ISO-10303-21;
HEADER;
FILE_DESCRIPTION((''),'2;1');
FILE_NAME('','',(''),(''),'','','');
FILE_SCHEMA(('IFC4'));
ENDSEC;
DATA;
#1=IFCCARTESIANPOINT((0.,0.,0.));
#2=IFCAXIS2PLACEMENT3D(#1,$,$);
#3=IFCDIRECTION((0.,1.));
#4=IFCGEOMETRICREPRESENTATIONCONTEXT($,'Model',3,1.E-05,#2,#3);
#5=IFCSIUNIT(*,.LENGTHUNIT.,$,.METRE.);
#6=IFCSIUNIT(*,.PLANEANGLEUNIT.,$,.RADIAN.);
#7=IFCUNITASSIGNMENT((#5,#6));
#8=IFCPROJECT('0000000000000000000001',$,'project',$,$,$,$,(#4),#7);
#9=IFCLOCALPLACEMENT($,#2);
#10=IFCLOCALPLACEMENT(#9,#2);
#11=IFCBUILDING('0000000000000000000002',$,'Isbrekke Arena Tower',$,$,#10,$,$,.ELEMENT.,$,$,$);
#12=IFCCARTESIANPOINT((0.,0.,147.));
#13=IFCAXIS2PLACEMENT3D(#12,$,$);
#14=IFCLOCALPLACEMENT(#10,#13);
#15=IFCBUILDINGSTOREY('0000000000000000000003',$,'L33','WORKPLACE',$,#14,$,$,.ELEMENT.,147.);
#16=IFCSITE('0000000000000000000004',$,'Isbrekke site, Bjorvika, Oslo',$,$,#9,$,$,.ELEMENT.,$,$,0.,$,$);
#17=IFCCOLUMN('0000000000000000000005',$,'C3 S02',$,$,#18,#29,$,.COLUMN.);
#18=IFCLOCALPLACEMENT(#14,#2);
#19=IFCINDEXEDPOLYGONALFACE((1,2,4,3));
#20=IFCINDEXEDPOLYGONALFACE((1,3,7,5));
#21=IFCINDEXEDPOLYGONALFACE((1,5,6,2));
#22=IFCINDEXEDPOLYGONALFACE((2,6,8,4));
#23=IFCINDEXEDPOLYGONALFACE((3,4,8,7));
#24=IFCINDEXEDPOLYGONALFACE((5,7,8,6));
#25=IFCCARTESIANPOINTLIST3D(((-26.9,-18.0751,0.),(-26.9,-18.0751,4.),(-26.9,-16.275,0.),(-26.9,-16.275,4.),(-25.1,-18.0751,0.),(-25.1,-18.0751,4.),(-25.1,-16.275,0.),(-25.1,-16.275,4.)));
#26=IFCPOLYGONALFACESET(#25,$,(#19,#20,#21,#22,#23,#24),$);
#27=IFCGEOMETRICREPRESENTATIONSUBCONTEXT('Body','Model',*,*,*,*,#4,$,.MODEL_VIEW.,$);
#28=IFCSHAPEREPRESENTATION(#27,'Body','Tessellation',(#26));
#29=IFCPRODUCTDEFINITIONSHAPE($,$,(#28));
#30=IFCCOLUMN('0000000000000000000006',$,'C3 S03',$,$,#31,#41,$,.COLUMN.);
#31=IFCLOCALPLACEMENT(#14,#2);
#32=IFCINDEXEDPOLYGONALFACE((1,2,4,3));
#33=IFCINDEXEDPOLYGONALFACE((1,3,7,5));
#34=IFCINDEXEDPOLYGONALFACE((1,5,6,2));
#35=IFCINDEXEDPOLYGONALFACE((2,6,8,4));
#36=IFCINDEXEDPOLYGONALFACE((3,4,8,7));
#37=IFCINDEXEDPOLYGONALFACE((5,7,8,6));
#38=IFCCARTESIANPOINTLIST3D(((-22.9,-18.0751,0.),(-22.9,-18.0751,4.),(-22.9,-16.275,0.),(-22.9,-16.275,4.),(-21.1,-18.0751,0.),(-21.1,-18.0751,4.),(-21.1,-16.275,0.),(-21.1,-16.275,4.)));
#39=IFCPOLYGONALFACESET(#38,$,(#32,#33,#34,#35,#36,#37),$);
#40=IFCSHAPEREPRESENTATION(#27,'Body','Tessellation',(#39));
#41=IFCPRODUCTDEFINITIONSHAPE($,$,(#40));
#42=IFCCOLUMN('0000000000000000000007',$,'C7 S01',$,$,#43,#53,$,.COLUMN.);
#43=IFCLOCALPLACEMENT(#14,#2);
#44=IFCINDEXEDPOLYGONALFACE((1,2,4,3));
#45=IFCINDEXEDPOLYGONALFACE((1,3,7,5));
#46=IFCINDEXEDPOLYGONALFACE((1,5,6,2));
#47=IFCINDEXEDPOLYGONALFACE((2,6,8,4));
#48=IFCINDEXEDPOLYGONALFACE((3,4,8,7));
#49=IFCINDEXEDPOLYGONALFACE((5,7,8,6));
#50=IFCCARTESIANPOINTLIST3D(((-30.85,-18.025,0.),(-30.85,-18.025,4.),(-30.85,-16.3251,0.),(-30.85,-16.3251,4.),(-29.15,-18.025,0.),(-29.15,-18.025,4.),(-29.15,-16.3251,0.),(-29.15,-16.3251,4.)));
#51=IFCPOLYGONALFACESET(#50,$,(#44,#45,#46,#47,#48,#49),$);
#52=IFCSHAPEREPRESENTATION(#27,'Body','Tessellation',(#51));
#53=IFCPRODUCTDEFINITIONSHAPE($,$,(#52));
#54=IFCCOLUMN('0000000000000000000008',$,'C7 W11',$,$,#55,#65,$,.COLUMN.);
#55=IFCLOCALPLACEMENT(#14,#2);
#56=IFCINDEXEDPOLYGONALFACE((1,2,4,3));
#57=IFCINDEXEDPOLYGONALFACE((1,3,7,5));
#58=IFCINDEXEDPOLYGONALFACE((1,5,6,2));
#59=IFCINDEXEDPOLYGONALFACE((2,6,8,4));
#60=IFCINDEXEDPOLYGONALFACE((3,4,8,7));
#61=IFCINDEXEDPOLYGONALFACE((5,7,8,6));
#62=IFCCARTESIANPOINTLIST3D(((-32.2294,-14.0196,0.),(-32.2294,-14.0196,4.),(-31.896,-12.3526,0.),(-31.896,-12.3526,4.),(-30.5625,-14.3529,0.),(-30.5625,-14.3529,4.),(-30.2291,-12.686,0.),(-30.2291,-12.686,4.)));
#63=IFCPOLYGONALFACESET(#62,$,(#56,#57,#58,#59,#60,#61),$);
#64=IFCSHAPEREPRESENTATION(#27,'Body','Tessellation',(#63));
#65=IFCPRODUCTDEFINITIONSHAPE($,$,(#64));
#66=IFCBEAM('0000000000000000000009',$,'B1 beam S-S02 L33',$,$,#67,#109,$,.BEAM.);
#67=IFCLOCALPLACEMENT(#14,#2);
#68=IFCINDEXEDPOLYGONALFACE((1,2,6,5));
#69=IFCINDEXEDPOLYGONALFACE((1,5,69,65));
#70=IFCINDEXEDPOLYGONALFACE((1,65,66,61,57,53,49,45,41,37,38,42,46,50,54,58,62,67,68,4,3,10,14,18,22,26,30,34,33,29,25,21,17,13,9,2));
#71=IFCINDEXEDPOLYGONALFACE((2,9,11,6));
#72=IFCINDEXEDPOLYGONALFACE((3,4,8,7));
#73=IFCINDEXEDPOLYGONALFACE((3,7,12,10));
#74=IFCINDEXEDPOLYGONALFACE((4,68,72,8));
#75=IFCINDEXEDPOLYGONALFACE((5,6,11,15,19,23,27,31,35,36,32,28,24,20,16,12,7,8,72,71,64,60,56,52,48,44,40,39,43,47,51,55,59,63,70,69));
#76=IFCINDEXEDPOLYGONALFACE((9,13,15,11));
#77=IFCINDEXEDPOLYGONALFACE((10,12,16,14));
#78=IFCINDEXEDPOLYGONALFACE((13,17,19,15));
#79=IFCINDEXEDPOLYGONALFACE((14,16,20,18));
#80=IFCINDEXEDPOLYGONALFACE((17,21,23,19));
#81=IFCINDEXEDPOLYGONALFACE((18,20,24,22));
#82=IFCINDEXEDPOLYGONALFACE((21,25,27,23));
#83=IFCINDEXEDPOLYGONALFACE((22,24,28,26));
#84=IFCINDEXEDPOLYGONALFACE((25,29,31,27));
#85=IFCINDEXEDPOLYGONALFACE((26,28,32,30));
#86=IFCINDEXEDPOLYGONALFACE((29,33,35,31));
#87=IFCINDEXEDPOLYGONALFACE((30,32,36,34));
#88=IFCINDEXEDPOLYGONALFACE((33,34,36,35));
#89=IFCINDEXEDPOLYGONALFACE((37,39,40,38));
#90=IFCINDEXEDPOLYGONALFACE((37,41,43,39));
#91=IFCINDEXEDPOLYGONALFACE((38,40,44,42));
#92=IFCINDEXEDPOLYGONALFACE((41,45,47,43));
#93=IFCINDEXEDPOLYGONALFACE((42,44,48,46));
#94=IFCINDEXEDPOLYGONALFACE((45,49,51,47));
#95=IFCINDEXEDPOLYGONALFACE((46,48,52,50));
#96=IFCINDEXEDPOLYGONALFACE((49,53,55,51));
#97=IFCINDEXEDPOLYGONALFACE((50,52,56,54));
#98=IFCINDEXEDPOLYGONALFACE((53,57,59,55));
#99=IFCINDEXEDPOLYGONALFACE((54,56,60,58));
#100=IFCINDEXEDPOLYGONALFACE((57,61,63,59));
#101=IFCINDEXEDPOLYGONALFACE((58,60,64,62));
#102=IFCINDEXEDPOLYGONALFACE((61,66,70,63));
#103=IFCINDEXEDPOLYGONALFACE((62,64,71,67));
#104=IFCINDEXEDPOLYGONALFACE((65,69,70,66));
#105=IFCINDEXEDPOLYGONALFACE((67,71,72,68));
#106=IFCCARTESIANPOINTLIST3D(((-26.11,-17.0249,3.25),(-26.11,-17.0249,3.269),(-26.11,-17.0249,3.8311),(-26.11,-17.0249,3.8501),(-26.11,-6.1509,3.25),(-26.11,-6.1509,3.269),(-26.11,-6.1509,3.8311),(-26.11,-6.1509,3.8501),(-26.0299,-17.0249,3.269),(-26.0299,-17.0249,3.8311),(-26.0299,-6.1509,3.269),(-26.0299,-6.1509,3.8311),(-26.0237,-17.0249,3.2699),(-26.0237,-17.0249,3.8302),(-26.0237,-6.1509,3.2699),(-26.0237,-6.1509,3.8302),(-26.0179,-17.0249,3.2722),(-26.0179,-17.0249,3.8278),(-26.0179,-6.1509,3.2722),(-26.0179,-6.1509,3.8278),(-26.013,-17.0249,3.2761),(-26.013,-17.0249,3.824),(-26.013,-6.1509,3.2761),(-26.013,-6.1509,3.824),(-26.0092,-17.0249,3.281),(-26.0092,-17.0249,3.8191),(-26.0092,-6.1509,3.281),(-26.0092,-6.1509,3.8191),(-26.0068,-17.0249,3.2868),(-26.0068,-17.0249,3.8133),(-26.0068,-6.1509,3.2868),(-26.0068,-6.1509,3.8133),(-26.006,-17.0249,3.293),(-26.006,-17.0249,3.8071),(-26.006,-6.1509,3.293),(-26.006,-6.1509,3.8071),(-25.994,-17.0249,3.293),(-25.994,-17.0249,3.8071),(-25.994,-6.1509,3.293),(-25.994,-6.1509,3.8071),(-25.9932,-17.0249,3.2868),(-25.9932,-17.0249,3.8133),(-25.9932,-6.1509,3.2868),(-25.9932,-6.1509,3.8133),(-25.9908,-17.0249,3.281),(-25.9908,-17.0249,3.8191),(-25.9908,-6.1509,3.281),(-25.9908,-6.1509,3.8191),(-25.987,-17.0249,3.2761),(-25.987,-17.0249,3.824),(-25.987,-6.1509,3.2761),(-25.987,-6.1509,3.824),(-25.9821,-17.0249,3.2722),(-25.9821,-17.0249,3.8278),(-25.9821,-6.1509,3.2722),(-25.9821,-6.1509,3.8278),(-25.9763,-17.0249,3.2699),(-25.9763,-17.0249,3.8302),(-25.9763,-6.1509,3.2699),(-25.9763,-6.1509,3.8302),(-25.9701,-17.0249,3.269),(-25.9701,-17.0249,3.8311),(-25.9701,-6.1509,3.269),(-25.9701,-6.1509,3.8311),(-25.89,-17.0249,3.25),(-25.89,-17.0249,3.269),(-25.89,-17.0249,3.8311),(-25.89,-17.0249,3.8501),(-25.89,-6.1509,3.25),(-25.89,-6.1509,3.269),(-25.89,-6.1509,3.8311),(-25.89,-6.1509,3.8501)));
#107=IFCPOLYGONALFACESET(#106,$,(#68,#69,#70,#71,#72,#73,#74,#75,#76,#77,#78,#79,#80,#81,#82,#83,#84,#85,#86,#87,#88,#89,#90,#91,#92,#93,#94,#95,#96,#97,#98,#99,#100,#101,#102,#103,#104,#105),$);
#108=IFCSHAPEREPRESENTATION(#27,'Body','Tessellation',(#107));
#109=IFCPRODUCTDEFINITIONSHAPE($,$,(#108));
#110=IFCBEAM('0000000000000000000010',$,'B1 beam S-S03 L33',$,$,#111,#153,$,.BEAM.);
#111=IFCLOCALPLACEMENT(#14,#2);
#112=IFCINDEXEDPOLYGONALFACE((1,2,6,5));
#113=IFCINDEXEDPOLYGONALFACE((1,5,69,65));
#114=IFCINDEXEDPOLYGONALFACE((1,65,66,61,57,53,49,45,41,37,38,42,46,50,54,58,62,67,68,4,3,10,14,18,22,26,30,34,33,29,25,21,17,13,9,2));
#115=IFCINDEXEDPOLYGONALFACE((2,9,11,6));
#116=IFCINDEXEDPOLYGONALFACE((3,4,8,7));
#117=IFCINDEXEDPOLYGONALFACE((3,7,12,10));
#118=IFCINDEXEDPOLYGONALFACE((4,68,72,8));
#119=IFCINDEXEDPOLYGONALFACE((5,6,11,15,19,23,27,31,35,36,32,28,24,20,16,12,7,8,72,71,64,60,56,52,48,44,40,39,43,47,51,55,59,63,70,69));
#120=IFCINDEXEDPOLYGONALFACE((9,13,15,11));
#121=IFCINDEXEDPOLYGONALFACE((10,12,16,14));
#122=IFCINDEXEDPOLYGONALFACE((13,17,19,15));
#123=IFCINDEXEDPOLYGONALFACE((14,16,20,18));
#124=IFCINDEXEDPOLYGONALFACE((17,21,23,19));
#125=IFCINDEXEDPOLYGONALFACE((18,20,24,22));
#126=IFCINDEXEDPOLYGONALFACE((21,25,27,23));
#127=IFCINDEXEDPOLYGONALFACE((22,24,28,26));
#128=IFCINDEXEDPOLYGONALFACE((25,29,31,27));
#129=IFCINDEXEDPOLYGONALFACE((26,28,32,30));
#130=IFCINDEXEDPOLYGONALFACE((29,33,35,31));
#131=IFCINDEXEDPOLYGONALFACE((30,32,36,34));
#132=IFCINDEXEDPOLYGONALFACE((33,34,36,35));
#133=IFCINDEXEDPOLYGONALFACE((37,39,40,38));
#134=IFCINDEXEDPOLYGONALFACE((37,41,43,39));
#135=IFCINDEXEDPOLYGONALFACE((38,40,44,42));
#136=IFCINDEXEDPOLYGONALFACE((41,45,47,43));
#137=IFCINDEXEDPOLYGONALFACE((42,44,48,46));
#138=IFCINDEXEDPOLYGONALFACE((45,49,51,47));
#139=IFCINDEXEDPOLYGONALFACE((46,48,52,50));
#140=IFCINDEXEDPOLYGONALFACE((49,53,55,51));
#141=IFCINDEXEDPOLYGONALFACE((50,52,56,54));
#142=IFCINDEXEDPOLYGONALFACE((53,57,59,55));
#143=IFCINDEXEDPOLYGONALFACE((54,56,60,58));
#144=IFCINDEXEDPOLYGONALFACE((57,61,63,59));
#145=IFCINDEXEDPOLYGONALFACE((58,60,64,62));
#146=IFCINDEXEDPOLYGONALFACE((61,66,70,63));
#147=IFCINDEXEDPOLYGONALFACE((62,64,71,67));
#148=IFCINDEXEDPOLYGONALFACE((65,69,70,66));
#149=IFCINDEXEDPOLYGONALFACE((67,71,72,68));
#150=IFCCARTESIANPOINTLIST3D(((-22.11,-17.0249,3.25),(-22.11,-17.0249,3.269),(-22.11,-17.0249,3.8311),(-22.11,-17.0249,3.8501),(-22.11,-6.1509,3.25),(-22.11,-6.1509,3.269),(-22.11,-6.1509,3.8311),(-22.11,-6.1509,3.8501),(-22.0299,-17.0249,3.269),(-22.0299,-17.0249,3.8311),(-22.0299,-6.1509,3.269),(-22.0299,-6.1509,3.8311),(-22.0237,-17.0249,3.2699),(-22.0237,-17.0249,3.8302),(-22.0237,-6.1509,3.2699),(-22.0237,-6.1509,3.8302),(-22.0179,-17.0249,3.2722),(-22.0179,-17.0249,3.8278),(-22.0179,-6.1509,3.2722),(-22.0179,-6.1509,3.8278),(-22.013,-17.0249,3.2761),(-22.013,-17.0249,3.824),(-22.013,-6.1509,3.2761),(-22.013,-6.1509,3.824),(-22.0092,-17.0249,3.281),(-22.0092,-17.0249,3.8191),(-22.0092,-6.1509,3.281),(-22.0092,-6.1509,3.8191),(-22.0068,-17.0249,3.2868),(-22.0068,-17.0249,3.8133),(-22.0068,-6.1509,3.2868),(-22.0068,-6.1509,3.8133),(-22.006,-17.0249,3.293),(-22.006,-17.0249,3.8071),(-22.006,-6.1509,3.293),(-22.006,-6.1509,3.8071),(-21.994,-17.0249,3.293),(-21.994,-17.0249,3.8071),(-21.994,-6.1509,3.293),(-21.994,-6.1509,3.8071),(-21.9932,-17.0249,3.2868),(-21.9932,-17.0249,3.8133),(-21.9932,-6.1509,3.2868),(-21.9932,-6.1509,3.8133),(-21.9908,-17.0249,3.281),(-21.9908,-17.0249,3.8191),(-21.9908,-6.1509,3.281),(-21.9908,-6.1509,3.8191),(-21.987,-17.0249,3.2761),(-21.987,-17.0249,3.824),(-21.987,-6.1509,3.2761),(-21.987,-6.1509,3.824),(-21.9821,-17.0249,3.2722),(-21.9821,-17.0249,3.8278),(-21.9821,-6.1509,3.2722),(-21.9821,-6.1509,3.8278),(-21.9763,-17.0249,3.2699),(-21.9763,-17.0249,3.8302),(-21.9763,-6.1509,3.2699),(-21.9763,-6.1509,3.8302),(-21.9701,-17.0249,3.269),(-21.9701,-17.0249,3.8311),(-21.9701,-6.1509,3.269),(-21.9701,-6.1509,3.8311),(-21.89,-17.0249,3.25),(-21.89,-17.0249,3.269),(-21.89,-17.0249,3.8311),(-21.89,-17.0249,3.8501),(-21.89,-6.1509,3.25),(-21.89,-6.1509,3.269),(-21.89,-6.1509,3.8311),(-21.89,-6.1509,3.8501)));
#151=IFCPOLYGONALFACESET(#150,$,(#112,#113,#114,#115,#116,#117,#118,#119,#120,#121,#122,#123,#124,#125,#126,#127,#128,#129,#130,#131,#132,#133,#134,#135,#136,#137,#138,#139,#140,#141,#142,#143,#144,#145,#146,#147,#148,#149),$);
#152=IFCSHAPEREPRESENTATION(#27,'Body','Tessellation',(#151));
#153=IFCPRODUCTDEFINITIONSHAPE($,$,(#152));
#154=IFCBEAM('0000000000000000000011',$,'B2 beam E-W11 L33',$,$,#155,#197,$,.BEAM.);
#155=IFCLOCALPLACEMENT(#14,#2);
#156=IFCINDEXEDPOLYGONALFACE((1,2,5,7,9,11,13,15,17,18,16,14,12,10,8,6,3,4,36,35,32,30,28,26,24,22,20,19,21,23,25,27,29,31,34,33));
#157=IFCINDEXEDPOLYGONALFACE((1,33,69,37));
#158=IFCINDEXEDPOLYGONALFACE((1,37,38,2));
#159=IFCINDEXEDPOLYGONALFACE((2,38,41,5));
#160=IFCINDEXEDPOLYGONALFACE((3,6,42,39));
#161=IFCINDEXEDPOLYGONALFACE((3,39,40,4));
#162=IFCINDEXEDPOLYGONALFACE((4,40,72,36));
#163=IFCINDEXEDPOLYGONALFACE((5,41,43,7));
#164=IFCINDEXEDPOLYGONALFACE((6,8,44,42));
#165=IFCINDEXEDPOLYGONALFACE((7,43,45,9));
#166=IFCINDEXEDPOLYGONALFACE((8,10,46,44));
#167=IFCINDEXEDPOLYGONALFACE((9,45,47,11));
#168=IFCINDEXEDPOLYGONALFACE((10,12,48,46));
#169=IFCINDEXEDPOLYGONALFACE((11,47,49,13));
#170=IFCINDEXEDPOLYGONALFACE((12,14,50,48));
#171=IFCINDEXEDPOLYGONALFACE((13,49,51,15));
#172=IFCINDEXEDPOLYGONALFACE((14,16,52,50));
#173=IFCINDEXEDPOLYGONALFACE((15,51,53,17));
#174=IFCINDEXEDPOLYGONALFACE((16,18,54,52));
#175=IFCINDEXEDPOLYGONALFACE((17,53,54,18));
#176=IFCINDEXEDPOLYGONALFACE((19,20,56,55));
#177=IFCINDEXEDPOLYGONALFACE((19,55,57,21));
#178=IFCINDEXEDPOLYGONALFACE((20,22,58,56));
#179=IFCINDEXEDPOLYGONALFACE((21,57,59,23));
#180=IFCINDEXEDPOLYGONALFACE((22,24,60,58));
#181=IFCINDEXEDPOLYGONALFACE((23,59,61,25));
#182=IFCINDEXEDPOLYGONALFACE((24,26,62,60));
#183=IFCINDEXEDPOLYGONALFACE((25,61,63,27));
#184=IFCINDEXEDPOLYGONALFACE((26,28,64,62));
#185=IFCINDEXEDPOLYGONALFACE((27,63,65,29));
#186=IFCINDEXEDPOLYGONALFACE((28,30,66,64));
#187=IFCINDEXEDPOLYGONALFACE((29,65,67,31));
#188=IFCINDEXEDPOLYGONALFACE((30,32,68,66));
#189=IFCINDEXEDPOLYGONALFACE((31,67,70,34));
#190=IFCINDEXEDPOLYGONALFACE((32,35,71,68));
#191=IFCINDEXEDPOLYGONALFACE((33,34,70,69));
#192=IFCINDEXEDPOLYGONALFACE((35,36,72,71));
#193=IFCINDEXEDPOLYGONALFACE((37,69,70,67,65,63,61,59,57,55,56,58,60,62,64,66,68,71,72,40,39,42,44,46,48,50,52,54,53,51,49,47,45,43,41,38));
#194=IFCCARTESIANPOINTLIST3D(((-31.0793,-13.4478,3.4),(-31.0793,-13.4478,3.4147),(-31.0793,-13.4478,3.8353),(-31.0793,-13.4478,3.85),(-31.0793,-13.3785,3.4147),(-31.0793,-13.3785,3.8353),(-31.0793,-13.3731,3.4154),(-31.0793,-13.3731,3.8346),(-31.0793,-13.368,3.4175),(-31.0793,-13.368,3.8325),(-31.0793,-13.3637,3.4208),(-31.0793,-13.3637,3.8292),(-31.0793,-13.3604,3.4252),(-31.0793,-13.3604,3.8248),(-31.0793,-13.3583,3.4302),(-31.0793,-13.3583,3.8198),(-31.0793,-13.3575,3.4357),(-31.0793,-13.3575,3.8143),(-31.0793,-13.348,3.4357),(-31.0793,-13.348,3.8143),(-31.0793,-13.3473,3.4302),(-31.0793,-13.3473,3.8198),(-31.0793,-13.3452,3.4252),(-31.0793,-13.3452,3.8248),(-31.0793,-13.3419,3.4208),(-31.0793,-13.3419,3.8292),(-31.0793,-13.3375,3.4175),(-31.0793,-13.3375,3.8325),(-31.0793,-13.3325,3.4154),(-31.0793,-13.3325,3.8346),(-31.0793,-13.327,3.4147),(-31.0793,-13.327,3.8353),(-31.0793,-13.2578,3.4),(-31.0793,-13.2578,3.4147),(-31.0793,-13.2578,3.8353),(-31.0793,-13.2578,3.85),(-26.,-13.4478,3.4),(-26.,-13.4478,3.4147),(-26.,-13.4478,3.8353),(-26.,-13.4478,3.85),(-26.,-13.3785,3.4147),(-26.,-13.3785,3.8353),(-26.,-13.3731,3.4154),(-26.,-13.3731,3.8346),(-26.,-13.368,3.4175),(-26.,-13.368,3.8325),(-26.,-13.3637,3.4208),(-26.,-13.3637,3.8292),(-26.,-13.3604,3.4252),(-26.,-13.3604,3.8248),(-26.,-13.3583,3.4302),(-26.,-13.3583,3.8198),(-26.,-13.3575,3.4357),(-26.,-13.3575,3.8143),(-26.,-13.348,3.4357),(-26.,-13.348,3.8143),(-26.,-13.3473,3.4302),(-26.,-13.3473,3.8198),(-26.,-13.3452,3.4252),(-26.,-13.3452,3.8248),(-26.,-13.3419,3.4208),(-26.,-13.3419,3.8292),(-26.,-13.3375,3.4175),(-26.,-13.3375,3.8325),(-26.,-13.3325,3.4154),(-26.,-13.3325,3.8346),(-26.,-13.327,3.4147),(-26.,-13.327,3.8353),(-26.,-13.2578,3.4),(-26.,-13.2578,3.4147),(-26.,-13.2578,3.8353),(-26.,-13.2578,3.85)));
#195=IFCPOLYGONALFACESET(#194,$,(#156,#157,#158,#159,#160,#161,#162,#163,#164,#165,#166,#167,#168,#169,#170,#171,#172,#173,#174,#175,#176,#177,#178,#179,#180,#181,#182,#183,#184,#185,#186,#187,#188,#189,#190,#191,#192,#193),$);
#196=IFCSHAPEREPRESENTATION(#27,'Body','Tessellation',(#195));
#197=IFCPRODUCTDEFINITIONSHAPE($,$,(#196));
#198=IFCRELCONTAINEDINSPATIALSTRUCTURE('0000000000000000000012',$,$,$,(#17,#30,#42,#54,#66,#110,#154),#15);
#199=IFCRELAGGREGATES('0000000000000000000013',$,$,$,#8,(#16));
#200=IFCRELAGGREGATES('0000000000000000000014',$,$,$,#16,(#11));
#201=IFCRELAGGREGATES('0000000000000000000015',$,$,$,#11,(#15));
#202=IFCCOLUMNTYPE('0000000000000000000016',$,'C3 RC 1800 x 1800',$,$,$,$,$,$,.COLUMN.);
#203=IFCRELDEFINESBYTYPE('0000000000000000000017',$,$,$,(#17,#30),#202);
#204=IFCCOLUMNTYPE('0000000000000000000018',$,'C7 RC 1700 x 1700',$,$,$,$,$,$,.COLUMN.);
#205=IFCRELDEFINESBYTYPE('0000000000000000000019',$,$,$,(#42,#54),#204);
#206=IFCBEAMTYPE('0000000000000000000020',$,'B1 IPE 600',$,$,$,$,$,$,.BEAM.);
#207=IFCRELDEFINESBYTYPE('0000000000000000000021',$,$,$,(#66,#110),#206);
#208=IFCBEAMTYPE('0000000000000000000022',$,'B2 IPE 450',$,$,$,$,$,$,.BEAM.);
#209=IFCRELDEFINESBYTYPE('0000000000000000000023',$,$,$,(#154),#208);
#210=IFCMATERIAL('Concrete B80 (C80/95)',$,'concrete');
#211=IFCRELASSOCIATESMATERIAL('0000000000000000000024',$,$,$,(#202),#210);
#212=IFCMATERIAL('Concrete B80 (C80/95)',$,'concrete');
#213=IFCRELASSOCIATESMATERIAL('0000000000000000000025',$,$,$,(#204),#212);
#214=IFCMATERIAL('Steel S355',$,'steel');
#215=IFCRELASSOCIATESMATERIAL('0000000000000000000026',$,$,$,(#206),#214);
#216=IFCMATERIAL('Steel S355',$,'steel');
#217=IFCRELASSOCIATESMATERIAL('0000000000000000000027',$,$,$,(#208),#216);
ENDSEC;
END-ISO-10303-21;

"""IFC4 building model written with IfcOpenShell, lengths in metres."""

from ifc_helpers import new_model, si_unit, direction, frame, origin, origin_2d, place, context, subcontext, project, spatial, rectangle, i_section, extrude, material, material_profile, profile_set, type_object, element, save


model = new_model("IFC4")

# Units and contexts
model_context = context("Model", 3, precision=1e-05, world=origin(), true_north=direction((0.0, 1.0)))
body_context = subcontext(model_context, "Body", "Model", "MODEL_VIEW")
ifc_project = project(units=[si_unit("LENGTHUNIT", "METRE"), si_unit("PLANEANGLEUNIT", "RADIAN")], contexts=[model_context])

# Site, building, storey
site_placement = place(None, origin())
site = spatial("IfcSite", under=ifc_project, at=site_placement, Name="Isbrekke site, Bjorvika, Oslo", CompositionType="ELEMENT", RefElevation=0.0)
building_placement = place(site_placement, origin())
building = spatial("IfcBuilding", under=site, at=building_placement, Name="Isbrekke Arena Tower", CompositionType="ELEMENT")
storey_placement = place(building_placement, frame((0.0, 0.0, 147.0)))
storey = spatial("IfcBuildingStorey", under=building, at=storey_placement, Name="L33", Description="WORKPLACE", CompositionType="ELEMENT", Elevation=147.0)

# Columns
ifc_material_1 = material(Name="Concrete B80 (C80/95)", Category="concrete")
ifc_material_profile_1 = material_profile(ifc_material_1, rectangle(XDim=1.8, YDim=1.8, at=origin_2d()), Name="RC 1800x1800")
ifc_profile_set_1 = profile_set([ifc_material_profile_1], Name="Concrete B80 (C80/95)")
column_type_1 = type_object("IfcColumnType", Name="C3 RC 1800 x 1800", PredefinedType="COLUMN", material=ifc_profile_set_1)
for number, where, z_axis, x_axis, name in (
    (1, (-26.0, -17.175, 0.0), (0.0, 0.0, 1.0), (1.0, 0.0, 0.0), "C3 S02"),
    (2, (-22.0, -17.175, 0.0), (0.0, 0.0, 1.0), (1.0, 0.0, 0.0), "C3 S03"),
):
    element("IfcColumn", number, at=place(storey_placement, frame(where, z_axis=z_axis, x_axis=x_axis)), inside=storey, type_object=column_type_1, Name=name, PredefinedType="COLUMN", context=body_context, shape_type="SweptSolid", body=[
        extrude(rectangle(XDim=1.8, YDim=1.8, at=origin_2d()), origin(), (0.0, 0.0, 1.0), 4.0),
    ])
ifc_material_2 = material(Name="Concrete B80 (C80/95)", Category="concrete")
ifc_material_profile_2 = material_profile(ifc_material_2, rectangle(XDim=1.7, YDim=1.7, at=origin_2d()), Name="RC 1700x1700")
ifc_profile_set_2 = profile_set([ifc_material_profile_2], Name="Concrete B80 (C80/95)")
column_type_2 = type_object("IfcColumnType", Name="C7 RC 1700 x 1700", PredefinedType="COLUMN", material=ifc_profile_set_2)
for number, where, z_axis, x_axis, name in (
    (3, (-30.0, -17.175, 0.0), (0.0, 0.0, 1.0), (1.0, 0.0, 0.0), "C7 S01"),
    (4, (-31.2292, -13.3528, 0.0), (0.0, 0.0, 1.0), (-0.196116, -0.980581, 0.0), "C7 W11"),
):
    element("IfcColumn", number, at=place(storey_placement, frame(where, z_axis=z_axis, x_axis=x_axis)), inside=storey, type_object=column_type_2, Name=name, PredefinedType="COLUMN", context=body_context, shape_type="SweptSolid", body=[
        extrude(rectangle(XDim=1.7, YDim=1.7, at=origin_2d()), origin(), (0.0, 0.0, 1.0), 4.0),
    ])

# Beams
ifc_material_3 = material(Name="Steel S355", Category="steel")
ifc_material_profile_3 = material_profile(ifc_material_3, i_section(OverallWidth=0.22, OverallDepth=0.6001, WebThickness=0.012, FlangeThickness=0.019, FilletRadius=0.0239, at=origin_2d()), Name="IPE 600")
ifc_profile_set_3 = profile_set([ifc_material_profile_3], Name="Steel S355")
beam_type_1 = type_object("IfcBeamType", Name="B1 IPE 600", PredefinedType="BEAM", material=ifc_profile_set_3)
for number, where, z_axis, x_axis, name in (
    (5, (-26.0, -17.0249, 3.55), (0.0, 1.0, 0.0), (-1.0, 0.0, 0.0), "B1 beam S-S02 L33"),
    (6, (-22.0, -17.0249, 3.55), (0.0, 1.0, 0.0), (-1.0, 0.0, 0.0), "B1 beam S-S03 L33"),
):
    element("IfcBeam", number, at=place(storey_placement, frame(where, z_axis=z_axis, x_axis=x_axis)), inside=storey, type_object=beam_type_1, Name=name, PredefinedType="BEAM", context=body_context, shape_type="SweptSolid", body=[
        extrude(i_section(OverallWidth=0.22, OverallDepth=0.6001, WebThickness=0.012, FlangeThickness=0.019, FilletRadius=0.0239, at=origin_2d()), origin(), (0.0, 0.0, 1.0), 10.874),
    ])
ifc_material_4 = material(Name="Steel S355", Category="steel")
ifc_material_profile_4 = material_profile(ifc_material_4, i_section(OverallWidth=0.1899, OverallDepth=0.45, WebThickness=0.0095, FlangeThickness=0.0146, FilletRadius=0.021, at=origin_2d()), Name="IPE 450")
ifc_profile_set_4 = profile_set([ifc_material_profile_4], Name="Steel S355")
beam_type_2 = type_object("IfcBeamType", Name="B2 IPE 450", PredefinedType="BEAM", material=ifc_profile_set_4)
beam_1_placement = place(storey_placement, frame((-31.0793, -13.3528, 3.625), z_axis=(1.0, 0.0, 0.0), x_axis=(0.0, 1.0, 0.0)))
element("IfcBeam", 7, at=beam_1_placement, inside=storey, type_object=beam_type_2, Name="B2 beam E-W11 L33", PredefinedType="BEAM", context=body_context, shape_type="SweptSolid", body=[
    extrude(i_section(OverallWidth=0.1899, OverallDepth=0.45, WebThickness=0.0095, FlangeThickness=0.0146, FilletRadius=0.021, at=origin_2d()), origin(), (0.0, 0.0, 1.0), 5.0793),
])

save(model, "model.ifc")
